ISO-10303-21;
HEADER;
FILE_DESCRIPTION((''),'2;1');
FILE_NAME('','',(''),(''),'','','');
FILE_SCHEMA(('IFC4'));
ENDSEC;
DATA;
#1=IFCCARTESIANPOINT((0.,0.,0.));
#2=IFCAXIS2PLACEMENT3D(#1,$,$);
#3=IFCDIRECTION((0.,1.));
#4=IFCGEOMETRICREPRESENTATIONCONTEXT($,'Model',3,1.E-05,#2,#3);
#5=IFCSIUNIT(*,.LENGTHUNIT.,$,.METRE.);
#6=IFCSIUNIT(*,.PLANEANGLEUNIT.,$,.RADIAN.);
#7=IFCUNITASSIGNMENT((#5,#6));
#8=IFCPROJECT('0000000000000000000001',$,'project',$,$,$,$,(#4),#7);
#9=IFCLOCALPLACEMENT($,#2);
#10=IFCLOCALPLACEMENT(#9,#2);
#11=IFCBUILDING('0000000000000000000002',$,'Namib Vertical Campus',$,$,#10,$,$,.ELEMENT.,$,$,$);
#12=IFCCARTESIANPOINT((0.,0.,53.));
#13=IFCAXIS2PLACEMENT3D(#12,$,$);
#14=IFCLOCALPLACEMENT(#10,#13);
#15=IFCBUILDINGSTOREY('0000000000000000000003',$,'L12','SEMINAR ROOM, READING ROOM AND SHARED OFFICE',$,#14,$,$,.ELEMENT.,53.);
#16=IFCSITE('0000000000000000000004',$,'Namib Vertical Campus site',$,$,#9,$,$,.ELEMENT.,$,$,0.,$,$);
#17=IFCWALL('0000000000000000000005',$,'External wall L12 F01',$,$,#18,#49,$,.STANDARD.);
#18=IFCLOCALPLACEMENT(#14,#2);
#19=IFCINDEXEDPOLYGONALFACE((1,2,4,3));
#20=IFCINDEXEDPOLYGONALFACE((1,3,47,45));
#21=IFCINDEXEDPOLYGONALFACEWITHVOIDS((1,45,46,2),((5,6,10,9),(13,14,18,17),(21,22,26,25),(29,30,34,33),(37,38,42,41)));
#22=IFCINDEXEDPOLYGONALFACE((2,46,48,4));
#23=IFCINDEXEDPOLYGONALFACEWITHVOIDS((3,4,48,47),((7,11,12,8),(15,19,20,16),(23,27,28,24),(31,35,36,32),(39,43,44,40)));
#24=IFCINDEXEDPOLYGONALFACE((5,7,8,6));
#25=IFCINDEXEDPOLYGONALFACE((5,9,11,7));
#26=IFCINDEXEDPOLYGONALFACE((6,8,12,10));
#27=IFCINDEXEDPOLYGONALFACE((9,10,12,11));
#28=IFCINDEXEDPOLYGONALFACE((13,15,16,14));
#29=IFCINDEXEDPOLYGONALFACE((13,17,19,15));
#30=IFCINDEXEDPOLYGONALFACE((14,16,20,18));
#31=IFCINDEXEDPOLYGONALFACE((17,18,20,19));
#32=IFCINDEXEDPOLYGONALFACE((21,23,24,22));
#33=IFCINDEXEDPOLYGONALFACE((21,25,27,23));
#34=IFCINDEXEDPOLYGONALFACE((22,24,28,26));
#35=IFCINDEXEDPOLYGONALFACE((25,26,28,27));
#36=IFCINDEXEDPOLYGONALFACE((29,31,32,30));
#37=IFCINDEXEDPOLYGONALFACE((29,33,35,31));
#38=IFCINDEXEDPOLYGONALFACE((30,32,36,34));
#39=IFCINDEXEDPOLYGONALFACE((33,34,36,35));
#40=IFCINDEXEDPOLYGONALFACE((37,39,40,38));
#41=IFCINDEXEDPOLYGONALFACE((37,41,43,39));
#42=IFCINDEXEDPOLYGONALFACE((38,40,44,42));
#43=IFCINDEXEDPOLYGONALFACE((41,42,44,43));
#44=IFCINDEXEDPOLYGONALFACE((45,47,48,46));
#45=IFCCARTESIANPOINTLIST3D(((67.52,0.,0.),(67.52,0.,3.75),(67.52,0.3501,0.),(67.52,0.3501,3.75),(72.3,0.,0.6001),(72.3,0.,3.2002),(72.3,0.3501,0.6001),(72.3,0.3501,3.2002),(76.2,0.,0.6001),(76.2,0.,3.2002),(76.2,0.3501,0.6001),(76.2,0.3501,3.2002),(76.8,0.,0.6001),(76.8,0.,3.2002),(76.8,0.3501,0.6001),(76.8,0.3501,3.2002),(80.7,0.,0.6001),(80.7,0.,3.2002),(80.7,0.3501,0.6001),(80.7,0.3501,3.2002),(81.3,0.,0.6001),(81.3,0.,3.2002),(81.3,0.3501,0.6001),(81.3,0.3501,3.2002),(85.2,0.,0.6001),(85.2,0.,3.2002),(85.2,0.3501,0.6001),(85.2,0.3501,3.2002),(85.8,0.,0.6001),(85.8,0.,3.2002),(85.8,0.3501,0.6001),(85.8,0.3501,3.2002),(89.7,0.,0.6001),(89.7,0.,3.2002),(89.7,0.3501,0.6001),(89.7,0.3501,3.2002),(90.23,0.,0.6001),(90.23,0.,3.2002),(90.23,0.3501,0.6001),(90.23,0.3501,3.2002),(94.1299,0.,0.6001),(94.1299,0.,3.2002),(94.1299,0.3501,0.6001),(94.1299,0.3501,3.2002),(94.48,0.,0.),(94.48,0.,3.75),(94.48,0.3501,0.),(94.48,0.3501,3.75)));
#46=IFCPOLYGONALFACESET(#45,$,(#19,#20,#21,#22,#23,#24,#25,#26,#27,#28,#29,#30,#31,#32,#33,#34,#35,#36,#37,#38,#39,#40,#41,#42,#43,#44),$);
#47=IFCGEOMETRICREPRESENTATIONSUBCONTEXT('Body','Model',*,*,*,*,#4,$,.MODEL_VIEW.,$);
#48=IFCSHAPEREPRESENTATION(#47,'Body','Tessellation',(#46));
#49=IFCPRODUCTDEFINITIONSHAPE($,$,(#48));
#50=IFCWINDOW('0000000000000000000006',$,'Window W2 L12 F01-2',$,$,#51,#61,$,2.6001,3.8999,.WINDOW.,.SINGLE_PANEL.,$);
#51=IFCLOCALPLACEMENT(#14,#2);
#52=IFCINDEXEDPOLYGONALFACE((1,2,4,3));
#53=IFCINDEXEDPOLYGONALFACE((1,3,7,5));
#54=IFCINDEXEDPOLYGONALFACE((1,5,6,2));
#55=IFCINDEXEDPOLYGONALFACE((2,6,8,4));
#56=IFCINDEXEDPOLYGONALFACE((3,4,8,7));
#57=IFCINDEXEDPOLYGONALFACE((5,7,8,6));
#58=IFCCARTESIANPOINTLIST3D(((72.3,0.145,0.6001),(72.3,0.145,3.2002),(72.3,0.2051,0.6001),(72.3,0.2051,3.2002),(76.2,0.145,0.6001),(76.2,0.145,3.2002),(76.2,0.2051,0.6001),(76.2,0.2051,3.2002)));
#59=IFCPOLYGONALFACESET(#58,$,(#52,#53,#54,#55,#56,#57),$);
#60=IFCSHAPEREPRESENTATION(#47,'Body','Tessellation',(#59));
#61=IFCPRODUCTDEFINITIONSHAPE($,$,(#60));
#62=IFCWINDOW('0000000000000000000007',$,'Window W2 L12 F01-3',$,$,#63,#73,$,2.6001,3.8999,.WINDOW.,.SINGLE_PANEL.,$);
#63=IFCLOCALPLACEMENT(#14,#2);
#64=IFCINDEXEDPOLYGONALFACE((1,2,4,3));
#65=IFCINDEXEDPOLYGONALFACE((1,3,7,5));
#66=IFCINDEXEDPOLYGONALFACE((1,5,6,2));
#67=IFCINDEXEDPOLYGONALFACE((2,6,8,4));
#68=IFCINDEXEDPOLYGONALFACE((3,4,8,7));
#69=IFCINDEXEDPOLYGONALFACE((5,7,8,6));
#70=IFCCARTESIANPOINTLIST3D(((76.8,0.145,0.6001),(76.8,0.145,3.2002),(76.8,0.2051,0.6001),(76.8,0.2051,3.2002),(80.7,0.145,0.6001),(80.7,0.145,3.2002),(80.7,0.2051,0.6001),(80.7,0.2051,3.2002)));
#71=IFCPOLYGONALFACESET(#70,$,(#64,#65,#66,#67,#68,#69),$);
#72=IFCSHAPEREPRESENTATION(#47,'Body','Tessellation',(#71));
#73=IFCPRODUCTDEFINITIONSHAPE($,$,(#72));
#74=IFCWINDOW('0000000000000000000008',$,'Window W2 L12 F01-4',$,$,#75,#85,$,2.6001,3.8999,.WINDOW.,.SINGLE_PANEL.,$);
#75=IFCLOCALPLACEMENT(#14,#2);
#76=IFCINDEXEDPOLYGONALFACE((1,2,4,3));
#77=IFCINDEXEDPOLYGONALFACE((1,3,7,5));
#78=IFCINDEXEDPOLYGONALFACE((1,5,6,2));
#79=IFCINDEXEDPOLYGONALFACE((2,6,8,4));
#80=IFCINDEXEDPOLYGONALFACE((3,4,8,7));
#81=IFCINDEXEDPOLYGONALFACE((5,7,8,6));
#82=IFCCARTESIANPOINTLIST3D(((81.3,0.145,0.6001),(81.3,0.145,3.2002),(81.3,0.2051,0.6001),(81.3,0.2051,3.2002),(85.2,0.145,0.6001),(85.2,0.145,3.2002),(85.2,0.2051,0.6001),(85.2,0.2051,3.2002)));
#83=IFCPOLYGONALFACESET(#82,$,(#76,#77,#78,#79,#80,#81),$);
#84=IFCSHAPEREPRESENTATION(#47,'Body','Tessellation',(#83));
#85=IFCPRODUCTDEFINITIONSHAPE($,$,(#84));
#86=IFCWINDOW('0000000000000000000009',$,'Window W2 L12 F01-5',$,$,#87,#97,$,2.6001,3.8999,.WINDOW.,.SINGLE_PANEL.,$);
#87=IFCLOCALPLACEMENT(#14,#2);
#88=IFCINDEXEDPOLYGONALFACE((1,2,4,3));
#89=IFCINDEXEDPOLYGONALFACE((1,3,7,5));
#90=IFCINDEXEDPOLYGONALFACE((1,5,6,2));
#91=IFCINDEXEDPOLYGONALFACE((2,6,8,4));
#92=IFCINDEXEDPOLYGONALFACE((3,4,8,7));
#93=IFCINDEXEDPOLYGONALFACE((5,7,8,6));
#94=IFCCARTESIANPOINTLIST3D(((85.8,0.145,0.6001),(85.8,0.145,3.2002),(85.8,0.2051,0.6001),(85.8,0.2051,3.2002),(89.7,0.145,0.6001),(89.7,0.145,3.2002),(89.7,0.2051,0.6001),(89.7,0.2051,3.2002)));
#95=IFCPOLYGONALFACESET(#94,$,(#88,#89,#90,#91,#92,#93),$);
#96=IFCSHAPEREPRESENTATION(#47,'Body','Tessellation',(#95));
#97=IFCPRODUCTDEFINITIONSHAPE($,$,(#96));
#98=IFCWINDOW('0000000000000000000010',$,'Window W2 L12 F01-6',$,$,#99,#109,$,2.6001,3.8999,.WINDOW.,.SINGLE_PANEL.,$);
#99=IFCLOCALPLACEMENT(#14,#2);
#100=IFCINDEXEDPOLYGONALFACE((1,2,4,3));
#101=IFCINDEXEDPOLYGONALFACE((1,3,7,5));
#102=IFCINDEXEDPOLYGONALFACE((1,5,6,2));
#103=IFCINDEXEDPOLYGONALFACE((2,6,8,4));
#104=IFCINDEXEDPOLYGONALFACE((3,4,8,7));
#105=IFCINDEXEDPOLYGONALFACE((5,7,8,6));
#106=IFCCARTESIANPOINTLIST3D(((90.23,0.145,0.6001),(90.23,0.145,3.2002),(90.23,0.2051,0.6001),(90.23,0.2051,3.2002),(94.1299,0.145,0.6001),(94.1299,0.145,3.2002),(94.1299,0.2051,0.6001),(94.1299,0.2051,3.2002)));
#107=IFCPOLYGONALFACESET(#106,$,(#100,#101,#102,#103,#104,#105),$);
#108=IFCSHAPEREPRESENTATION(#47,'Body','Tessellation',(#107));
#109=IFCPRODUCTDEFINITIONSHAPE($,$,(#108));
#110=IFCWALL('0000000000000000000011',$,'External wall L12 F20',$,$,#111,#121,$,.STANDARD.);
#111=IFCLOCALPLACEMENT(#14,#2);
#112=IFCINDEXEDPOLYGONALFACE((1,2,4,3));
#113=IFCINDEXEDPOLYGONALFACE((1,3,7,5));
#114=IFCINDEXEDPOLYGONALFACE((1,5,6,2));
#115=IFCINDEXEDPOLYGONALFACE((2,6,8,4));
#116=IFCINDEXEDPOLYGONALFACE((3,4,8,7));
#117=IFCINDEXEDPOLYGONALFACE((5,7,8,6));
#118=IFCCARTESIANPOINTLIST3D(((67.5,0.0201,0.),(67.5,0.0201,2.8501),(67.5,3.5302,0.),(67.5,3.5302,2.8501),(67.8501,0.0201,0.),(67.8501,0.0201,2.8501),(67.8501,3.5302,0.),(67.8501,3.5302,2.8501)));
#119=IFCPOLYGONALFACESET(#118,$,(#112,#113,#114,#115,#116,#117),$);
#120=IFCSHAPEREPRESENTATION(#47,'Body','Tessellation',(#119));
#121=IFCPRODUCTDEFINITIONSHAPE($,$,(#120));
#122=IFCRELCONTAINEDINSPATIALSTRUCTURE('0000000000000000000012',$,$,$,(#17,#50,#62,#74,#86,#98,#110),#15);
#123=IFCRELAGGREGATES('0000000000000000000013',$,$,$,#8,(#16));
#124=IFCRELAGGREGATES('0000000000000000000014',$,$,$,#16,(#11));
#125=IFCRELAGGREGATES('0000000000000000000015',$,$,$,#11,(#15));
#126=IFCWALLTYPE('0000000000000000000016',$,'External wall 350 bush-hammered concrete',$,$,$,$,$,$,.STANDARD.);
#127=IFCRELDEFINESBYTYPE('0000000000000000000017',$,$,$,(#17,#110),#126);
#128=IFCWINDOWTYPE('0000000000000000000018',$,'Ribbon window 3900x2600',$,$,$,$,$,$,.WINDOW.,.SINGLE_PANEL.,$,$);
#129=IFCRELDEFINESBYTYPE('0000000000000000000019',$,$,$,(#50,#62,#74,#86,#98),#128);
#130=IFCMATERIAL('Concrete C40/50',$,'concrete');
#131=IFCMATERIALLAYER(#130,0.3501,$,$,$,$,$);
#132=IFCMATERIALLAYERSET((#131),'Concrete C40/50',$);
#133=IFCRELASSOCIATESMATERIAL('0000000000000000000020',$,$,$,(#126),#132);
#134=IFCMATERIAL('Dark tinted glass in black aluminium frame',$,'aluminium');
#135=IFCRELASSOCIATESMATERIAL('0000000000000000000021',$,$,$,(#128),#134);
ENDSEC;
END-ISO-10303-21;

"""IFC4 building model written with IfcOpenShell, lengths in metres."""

from ifc_helpers import new_model, si_unit, direction, frame, frame_2d, origin, place, context, subcontext, project, spatial, rectangle, extrude, material, layer, layer_set, type_object, element, fill, save


model = new_model("IFC4")

# Units and contexts
model_context = context("Model", 3, precision=1e-05, world=origin(), true_north=direction((0.0, 1.0)))
body_context = subcontext(model_context, "Body", "Model", "MODEL_VIEW")
ifc_project = project(units=[si_unit("LENGTHUNIT", "METRE"), si_unit("PLANEANGLEUNIT", "RADIAN")], contexts=[model_context])

# Site, building, storey
site_placement = place(None, origin())
site = spatial("IfcSite", under=ifc_project, at=site_placement, Name="Namib Vertical Campus site", CompositionType="ELEMENT", RefElevation=0.0)
building_placement = place(site_placement, origin())
building = spatial("IfcBuilding", under=site, at=building_placement, Name="Namib Vertical Campus", CompositionType="ELEMENT")
storey_placement = place(building_placement, frame((0.0, 0.0, 53.0)))
storey = spatial("IfcBuildingStorey", under=building, at=storey_placement, Name="L12", Description="SEMINAR ROOM, READING ROOM AND SHARED OFFICE", CompositionType="ELEMENT", Elevation=53.0)

# Wall, openings, windows
ifc_material_1 = material(Name="Concrete C40/50", Category="concrete")
ifc_layer_1 = layer(ifc_material_1, 0.3501)
ifc_layer_set_1 = layer_set([ifc_layer_1], Name="Concrete C40/50")
wall_type_1 = type_object("IfcWallType", Name="External wall 350 bush-hammered concrete", PredefinedType="STANDARD", material=ifc_layer_set_1)
wall_1_placement = place(storey_placement, frame((67.52, 0.175, 0.0), z_axis=(0.0, 0.0, 1.0), x_axis=(1.0, 0.0, 0.0)))
wall_1 = element("IfcWall", 1, at=wall_1_placement, inside=storey, type_object=wall_type_1, Name="External wall L12 F01", PredefinedType="STANDARD", context=body_context, shape_type="SweptSolid", body=[
    extrude(rectangle(XDim=26.96, YDim=0.3501, at=frame_2d((13.48, 0.0))), origin(), (0.0, 0.0, 1.0), 3.75),
])
opening_1_placement = place(wall_1_placement, frame((4.78, 0.0, 0.6001)))
opening_1 = element("IfcOpeningElement", 2, at=opening_1_placement, cuts=wall_1, PredefinedType="OPENING", context=body_context, shape_type="SweptSolid", body=[
    extrude(rectangle(XDim=3.8999, YDim=2.6001, at=frame_2d((1.95, 1.3))), frame((0.0, 0.1851, 0.0), z_axis=(0.0, -1.0, 0.0), x_axis=(1.0, 0.0, 0.0)), (0.0, 0.0, 1.0), 0.3701),
])
opening_2_placement = place(wall_1_placement, frame((9.28, 0.0, 0.6001)))
opening_2 = element("IfcOpeningElement", 3, at=opening_2_placement, cuts=wall_1, PredefinedType="OPENING", context=body_context, shape_type="SweptSolid", body=[
    extrude(rectangle(XDim=3.8999, YDim=2.6001, at=frame_2d((1.95, 1.3))), frame((0.0, 0.1851, 0.0), z_axis=(0.0, -1.0, 0.0), x_axis=(1.0, 0.0, 0.0)), (0.0, 0.0, 1.0), 0.3701),
])
opening_3_placement = place(wall_1_placement, frame((13.78, 0.0, 0.6001)))
opening_3 = element("IfcOpeningElement", 4, at=opening_3_placement, cuts=wall_1, PredefinedType="OPENING", context=body_context, shape_type="SweptSolid", body=[
    extrude(rectangle(XDim=3.8999, YDim=2.6001, at=frame_2d((1.95, 1.3))), frame((0.0, 0.1851, 0.0), z_axis=(0.0, -1.0, 0.0), x_axis=(1.0, 0.0, 0.0)), (0.0, 0.0, 1.0), 0.3701),
])
opening_4_placement = place(wall_1_placement, frame((18.28, 0.0, 0.6001)))
opening_4 = element("IfcOpeningElement", 5, at=opening_4_placement, cuts=wall_1, PredefinedType="OPENING", context=body_context, shape_type="SweptSolid", body=[
    extrude(rectangle(XDim=3.8999, YDim=2.6001, at=frame_2d((1.95, 1.3))), frame((0.0, 0.1851, 0.0), z_axis=(0.0, -1.0, 0.0), x_axis=(1.0, 0.0, 0.0)), (0.0, 0.0, 1.0), 0.3701),
])
opening_5_placement = place(wall_1_placement, frame((22.71, 0.0, 0.6001)))
opening_5 = element("IfcOpeningElement", 6, at=opening_5_placement, cuts=wall_1, PredefinedType="OPENING", context=body_context, shape_type="SweptSolid", body=[
    extrude(rectangle(XDim=3.8999, YDim=2.6001, at=frame_2d((1.95, 1.3))), frame((0.0, 0.1851, 0.0), z_axis=(0.0, -1.0, 0.0), x_axis=(1.0, 0.0, 0.0)), (0.0, 0.0, 1.0), 0.3701),
])
ifc_material_2 = material(Name="Dark tinted glass in black aluminium frame", Category="aluminium")
window_type = type_object("IfcWindowType", Name="Ribbon window 3900x2600", PartitioningType="SINGLE_PANEL", PredefinedType="WINDOW", material=ifc_material_2)
window_1_placement = place(opening_1_placement, origin())
window_1 = element("IfcWindow", 7, at=window_1_placement, inside=storey, type_object=window_type, Name="Window W2 L12 F01-2", OverallHeight=2.6001, OverallWidth=3.8999, PartitioningType="SINGLE_PANEL", PredefinedType="WINDOW", context=body_context, shape_type="SweptSolid", body=[
    extrude(rectangle(XDim=3.8999, YDim=2.6001, at=frame_2d((1.95, 1.3))), frame((0.0, 0.03, 0.0), z_axis=(0.0, -1.0, 0.0), x_axis=(1.0, 0.0, 0.0)), (0.0, 0.0, 1.0), 0.0601),
])
fill(opening_1, window_1)
window_2_placement = place(opening_2_placement, origin())
window_2 = element("IfcWindow", 8, at=window_2_placement, inside=storey, type_object=window_type, Name="Window W2 L12 F01-3", OverallHeight=2.6001, OverallWidth=3.8999, PartitioningType="SINGLE_PANEL", PredefinedType="WINDOW", context=body_context, shape_type="SweptSolid", body=[
    extrude(rectangle(XDim=3.8999, YDim=2.6001, at=frame_2d((1.95, 1.3))), frame((0.0, 0.03, 0.0), z_axis=(0.0, -1.0, 0.0), x_axis=(1.0, 0.0, 0.0)), (0.0, 0.0, 1.0), 0.0601),
])
fill(opening_2, window_2)
window_3_placement = place(opening_3_placement, origin())
window_3 = element("IfcWindow", 9, at=window_3_placement, inside=storey, type_object=window_type, Name="Window W2 L12 F01-4", OverallHeight=2.6001, OverallWidth=3.8999, PartitioningType="SINGLE_PANEL", PredefinedType="WINDOW", context=body_context, shape_type="SweptSolid", body=[
    extrude(rectangle(XDim=3.8999, YDim=2.6001, at=frame_2d((1.95, 1.3))), frame((0.0, 0.03, 0.0), z_axis=(0.0, -1.0, 0.0), x_axis=(1.0, 0.0, 0.0)), (0.0, 0.0, 1.0), 0.0601),
])
fill(opening_3, window_3)
window_4_placement = place(opening_4_placement, origin())
window_4 = element("IfcWindow", 10, at=window_4_placement, inside=storey, type_object=window_type, Name="Window W2 L12 F01-5", OverallHeight=2.6001, OverallWidth=3.8999, PartitioningType="SINGLE_PANEL", PredefinedType="WINDOW", context=body_context, shape_type="SweptSolid", body=[
    extrude(rectangle(XDim=3.8999, YDim=2.6001, at=frame_2d((1.95, 1.3))), frame((0.0, 0.03, 0.0), z_axis=(0.0, -1.0, 0.0), x_axis=(1.0, 0.0, 0.0)), (0.0, 0.0, 1.0), 0.0601),
])
fill(opening_4, window_4)
window_5_placement = place(opening_5_placement, origin())
window_5 = element("IfcWindow", 11, at=window_5_placement, inside=storey, type_object=window_type, Name="Window W2 L12 F01-6", OverallHeight=2.6001, OverallWidth=3.8999, PartitioningType="SINGLE_PANEL", PredefinedType="WINDOW", context=body_context, shape_type="SweptSolid", body=[
    extrude(rectangle(XDim=3.8999, YDim=2.6001, at=frame_2d((1.95, 1.3))), frame((0.0, 0.03, 0.0), z_axis=(0.0, -1.0, 0.0), x_axis=(1.0, 0.0, 0.0)), (0.0, 0.0, 1.0), 0.0601),
])
fill(opening_5, window_5)

# Wall
wall_2_placement = place(storey_placement, frame((67.675, 3.53, 0.0), z_axis=(0.0, 0.0, 1.0), x_axis=(0.0, -1.0, 0.0)))
element("IfcWall", 12, at=wall_2_placement, inside=storey, type_object=wall_type_1, Name="External wall L12 F20", PredefinedType="STANDARD", context=body_context, shape_type="SweptSolid", body=[
    extrude(rectangle(XDim=3.51, YDim=0.3501, at=frame_2d((1.7549, 0.0))), origin(), (0.0, 0.0, 1.0), 2.8501),
])

save(model, "model.ifc")
